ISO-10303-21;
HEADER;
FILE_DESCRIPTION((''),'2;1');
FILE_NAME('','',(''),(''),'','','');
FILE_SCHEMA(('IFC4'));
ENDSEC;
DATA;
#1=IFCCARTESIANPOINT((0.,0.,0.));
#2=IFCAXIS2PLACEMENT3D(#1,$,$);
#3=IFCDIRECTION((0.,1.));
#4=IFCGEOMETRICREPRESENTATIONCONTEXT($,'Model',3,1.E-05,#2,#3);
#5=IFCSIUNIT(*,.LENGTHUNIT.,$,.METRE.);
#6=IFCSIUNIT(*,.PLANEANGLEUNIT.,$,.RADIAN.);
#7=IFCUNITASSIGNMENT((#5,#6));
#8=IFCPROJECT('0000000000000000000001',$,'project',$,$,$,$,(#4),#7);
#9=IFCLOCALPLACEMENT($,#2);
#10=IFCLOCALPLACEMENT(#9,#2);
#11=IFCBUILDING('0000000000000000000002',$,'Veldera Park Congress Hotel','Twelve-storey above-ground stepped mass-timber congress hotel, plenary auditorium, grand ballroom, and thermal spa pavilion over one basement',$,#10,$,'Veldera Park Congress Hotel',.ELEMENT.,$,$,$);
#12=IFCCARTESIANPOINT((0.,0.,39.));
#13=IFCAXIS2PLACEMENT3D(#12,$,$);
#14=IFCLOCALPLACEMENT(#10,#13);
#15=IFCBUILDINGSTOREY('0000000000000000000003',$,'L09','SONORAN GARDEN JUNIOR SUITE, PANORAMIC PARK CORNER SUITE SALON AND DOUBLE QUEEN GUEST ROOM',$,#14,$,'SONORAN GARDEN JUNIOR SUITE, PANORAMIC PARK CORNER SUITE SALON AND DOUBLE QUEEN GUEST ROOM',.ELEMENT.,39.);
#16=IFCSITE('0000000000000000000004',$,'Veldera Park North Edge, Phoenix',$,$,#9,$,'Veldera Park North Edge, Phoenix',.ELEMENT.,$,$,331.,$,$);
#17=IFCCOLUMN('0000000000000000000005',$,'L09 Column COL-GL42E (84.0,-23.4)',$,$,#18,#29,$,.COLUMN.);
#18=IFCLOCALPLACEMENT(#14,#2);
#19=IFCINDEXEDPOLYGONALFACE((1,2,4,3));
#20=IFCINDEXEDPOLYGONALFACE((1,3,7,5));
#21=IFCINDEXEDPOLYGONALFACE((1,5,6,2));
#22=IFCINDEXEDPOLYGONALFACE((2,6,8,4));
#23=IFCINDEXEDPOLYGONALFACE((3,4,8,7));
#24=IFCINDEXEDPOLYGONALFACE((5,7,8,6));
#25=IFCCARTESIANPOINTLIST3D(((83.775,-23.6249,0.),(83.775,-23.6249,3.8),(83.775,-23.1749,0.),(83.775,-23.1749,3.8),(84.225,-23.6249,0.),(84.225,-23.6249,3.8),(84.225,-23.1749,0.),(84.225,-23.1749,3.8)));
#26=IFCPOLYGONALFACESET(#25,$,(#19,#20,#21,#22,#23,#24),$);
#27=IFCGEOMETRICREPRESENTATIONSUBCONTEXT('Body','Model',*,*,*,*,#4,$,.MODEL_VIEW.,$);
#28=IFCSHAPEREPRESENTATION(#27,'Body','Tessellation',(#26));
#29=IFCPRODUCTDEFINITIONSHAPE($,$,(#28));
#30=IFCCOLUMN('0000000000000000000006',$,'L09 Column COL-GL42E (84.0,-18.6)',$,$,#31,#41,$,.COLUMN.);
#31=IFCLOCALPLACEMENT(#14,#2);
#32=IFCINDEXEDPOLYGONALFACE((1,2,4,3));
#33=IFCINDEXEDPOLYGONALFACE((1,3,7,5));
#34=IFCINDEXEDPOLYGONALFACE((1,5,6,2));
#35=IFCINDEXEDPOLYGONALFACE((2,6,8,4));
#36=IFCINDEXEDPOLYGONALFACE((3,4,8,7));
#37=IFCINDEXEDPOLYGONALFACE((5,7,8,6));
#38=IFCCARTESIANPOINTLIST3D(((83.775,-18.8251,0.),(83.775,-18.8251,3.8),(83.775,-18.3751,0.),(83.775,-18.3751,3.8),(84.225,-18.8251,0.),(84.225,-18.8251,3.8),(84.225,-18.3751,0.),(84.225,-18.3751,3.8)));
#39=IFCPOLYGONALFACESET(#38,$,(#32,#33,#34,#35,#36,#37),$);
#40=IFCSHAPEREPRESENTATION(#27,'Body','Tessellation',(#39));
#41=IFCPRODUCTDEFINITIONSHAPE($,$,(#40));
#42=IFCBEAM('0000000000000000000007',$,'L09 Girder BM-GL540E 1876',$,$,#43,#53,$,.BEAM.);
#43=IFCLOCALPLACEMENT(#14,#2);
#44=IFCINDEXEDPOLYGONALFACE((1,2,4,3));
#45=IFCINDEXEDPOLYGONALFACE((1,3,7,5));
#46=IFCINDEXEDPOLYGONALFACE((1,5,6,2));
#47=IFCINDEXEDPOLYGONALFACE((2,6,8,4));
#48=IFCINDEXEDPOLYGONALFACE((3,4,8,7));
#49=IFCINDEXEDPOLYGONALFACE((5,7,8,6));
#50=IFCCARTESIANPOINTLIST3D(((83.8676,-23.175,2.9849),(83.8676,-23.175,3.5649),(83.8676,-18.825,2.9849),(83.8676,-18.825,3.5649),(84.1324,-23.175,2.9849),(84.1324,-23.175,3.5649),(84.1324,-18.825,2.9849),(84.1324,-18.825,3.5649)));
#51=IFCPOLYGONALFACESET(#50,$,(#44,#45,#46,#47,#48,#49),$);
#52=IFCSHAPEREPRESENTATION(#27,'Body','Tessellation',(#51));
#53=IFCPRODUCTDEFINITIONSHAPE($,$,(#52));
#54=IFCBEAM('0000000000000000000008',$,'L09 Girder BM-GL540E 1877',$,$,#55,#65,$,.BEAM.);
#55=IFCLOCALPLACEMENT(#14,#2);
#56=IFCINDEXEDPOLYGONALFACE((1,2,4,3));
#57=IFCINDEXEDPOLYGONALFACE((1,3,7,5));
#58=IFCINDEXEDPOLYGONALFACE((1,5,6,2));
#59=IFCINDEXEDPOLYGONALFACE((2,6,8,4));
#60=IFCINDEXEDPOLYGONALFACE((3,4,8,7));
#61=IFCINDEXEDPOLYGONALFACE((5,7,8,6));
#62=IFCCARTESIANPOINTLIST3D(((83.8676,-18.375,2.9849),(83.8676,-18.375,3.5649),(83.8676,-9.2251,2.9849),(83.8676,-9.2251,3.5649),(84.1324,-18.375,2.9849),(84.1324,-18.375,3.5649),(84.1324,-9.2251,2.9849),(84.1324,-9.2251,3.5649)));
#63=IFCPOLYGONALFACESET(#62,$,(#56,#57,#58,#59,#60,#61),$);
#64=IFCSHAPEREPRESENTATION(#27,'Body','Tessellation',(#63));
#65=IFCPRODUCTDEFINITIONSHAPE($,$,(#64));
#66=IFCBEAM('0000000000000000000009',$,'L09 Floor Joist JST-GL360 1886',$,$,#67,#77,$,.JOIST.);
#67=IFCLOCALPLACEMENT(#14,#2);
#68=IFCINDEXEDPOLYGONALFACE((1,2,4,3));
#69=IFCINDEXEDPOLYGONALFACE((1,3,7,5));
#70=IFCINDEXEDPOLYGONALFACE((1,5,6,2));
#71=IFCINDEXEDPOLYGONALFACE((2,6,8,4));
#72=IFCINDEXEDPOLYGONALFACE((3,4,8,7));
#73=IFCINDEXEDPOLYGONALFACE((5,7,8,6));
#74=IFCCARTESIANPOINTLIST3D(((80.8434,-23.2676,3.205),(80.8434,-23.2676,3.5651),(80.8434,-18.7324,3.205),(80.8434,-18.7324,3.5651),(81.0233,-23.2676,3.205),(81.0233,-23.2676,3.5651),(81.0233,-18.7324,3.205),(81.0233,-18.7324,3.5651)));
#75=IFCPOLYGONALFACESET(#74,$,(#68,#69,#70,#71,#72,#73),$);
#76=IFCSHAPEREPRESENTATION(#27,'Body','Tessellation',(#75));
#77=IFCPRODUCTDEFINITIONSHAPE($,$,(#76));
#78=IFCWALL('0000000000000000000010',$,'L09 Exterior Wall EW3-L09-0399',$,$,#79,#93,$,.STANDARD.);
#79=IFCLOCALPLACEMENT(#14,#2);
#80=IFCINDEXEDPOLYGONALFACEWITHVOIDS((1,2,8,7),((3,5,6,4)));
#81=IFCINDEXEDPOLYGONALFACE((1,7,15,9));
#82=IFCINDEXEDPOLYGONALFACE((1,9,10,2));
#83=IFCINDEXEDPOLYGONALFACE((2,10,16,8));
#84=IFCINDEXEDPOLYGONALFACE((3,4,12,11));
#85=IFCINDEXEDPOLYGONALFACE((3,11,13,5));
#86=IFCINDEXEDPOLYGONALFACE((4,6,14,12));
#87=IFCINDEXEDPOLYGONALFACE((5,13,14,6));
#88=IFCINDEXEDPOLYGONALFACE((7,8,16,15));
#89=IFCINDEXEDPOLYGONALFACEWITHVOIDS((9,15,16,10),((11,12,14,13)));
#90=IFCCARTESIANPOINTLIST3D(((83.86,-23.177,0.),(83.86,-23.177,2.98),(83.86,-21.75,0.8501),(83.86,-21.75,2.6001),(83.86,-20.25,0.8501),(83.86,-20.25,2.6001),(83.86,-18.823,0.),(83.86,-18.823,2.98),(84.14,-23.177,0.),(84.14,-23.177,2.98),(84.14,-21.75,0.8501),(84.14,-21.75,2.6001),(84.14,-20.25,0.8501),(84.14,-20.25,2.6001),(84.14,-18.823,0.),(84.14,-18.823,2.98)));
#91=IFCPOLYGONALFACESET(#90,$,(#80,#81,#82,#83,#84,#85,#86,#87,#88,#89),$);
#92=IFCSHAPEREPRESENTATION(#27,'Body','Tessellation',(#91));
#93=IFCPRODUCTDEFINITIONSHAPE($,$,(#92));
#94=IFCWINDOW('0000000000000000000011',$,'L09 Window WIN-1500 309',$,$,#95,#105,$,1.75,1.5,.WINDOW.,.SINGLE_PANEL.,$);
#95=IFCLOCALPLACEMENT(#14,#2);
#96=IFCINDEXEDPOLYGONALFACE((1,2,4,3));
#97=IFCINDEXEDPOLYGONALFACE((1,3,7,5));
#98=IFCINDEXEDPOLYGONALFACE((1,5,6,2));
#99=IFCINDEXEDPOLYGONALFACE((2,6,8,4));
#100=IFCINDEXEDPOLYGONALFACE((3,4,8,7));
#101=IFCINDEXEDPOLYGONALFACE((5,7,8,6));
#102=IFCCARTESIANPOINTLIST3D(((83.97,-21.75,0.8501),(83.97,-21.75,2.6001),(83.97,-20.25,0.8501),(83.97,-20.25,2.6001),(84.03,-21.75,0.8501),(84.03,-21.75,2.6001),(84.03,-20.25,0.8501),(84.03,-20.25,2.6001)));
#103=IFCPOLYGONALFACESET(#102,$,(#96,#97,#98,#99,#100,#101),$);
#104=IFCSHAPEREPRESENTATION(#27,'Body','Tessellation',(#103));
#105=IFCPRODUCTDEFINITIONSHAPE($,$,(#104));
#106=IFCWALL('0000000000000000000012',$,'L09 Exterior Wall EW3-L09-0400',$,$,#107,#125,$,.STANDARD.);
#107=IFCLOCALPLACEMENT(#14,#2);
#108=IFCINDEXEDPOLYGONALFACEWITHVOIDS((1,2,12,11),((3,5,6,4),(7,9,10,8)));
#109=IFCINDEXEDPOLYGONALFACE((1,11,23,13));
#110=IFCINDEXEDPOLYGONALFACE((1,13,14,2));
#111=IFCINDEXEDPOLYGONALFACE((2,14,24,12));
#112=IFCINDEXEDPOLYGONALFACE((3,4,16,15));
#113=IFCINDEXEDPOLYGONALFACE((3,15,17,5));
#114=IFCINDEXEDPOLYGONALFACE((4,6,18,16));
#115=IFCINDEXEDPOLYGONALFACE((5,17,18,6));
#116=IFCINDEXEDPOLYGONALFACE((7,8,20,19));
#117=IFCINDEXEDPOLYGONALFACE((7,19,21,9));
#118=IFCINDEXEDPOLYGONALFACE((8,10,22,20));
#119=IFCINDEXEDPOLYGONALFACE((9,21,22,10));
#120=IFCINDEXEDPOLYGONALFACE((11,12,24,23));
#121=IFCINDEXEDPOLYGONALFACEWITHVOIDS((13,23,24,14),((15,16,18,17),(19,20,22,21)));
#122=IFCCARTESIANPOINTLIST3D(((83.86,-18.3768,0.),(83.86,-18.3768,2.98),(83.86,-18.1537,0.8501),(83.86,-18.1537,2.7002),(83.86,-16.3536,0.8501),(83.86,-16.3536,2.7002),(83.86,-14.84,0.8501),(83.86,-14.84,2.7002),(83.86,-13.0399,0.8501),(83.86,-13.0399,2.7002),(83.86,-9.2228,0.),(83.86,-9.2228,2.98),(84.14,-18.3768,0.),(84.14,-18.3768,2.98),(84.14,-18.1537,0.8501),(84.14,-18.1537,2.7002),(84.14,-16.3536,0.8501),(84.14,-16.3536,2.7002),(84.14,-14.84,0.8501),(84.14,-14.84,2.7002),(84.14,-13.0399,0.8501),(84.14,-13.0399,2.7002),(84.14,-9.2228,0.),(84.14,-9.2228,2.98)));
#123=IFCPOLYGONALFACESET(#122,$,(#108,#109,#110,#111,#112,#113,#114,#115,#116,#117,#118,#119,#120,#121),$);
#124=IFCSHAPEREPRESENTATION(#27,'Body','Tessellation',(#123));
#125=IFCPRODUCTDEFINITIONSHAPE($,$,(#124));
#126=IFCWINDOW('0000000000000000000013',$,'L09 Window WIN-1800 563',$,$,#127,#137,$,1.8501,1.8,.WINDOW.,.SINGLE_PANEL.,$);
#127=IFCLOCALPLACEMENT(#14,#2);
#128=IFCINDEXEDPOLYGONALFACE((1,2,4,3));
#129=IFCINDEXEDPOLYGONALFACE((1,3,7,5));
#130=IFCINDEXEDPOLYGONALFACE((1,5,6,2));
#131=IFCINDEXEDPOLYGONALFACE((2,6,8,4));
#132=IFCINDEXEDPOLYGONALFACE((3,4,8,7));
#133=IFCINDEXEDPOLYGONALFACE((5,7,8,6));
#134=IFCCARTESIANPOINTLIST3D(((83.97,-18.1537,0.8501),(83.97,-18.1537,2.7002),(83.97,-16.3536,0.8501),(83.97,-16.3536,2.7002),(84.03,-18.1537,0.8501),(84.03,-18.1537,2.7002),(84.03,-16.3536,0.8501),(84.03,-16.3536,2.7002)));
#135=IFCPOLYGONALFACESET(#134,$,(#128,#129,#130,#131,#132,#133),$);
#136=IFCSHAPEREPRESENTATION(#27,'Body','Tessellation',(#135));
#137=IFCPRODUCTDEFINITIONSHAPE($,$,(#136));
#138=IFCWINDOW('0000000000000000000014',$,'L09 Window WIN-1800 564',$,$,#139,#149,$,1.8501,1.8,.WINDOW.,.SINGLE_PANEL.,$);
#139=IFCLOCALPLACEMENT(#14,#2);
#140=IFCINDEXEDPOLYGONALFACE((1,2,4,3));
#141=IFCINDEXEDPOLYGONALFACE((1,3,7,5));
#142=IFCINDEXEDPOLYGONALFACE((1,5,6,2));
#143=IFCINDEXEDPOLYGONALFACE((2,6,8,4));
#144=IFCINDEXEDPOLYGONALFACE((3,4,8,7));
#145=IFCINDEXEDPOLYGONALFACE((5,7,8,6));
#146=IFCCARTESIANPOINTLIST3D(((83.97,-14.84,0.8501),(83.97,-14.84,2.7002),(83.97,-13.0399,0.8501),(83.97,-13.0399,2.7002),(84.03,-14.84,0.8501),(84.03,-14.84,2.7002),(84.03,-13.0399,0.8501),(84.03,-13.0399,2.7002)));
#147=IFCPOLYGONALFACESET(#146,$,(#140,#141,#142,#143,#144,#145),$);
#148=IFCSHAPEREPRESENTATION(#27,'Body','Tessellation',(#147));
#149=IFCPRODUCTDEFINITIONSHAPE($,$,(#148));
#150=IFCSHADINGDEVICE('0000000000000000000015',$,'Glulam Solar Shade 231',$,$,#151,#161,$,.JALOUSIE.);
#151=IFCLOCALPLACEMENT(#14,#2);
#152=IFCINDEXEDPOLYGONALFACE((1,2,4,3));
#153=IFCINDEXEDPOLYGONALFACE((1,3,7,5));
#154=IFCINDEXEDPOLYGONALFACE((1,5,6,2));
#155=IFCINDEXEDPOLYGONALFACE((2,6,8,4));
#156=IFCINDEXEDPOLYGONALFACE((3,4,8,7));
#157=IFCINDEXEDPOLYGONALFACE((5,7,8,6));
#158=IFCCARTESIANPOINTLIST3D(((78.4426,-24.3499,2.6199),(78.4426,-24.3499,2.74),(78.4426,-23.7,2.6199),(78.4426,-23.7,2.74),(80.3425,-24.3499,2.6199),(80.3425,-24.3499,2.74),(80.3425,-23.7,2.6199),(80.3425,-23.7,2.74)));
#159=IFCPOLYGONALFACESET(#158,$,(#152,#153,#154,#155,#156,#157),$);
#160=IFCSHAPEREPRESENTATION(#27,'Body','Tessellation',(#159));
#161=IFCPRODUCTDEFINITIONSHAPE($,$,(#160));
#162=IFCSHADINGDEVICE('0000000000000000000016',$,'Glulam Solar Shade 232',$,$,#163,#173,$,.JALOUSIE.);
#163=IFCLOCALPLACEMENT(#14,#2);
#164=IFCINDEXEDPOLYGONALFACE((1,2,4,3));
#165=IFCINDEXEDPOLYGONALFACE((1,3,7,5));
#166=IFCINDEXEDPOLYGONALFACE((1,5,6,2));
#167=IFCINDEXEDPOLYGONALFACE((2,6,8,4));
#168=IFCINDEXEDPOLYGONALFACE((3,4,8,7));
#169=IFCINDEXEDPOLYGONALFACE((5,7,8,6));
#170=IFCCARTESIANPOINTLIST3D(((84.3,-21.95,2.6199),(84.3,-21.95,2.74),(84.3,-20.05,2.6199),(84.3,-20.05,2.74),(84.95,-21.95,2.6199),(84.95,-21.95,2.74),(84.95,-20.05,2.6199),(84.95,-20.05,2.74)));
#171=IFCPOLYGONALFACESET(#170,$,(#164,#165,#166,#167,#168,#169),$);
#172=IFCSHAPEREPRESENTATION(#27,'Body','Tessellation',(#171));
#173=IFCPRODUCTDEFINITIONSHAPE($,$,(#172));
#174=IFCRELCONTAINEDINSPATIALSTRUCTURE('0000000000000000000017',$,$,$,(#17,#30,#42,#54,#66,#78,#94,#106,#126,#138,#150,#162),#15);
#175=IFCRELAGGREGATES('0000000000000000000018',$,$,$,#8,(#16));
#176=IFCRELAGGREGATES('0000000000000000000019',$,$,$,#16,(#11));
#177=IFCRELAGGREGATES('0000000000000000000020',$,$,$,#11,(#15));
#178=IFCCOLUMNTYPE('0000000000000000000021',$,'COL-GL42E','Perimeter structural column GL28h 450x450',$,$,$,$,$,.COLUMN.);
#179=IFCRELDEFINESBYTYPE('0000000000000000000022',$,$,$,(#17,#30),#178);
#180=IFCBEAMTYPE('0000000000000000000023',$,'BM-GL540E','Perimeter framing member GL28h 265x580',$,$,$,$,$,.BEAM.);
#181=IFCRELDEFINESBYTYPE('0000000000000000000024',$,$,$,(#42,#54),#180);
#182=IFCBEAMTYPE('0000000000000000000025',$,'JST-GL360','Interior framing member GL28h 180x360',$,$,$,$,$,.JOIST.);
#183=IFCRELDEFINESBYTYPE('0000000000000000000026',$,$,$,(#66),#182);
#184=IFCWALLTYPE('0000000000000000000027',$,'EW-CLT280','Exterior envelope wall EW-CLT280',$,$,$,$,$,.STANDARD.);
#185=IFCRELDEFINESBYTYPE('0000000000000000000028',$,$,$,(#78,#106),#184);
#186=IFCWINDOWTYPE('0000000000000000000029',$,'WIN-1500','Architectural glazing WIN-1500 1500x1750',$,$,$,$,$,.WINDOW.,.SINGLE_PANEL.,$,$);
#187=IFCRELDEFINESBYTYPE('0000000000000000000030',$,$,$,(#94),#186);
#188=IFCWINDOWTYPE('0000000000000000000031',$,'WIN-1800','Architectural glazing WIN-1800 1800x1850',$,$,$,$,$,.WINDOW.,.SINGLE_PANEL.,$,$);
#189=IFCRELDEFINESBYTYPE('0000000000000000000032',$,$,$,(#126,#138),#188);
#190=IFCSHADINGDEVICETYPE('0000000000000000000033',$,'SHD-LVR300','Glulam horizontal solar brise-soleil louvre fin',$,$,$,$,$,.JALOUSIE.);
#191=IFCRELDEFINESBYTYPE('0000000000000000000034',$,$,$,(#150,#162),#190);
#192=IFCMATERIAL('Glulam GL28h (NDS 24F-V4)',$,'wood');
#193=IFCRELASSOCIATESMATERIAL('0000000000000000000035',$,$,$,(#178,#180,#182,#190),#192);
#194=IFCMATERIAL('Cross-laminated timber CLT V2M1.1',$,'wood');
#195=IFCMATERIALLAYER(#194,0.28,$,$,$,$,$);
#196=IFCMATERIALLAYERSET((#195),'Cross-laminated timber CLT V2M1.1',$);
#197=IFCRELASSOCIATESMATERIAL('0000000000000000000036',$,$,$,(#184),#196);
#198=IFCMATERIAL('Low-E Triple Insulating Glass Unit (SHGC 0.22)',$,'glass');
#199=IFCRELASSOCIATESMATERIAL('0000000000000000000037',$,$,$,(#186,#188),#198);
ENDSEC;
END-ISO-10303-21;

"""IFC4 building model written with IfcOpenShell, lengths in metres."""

from ifc_helpers import new_model, si_unit, direction, frame, frame_2d, origin, origin_2d, place, context, subcontext, project, spatial, rectangle, extrude, material, layer, layer_set, material_profile, profile_set, type_object, element, fill, save


model = new_model("IFC4")

# Units and contexts
model_context = context("Model", 3, precision=1e-05, world=origin(), true_north=direction((0.0, 1.0)))
body_context = subcontext(model_context, "Body", "Model", "MODEL_VIEW")
ifc_project = project(units=[si_unit("LENGTHUNIT", "METRE"), si_unit("PLANEANGLEUNIT", "RADIAN")], contexts=[model_context])

# Site, building, storey
site_placement = place(None, origin())
site = spatial("IfcSite", under=ifc_project, at=site_placement, Name="Veldera Park North Edge, Phoenix", LongName="Veldera Park North Edge, Phoenix", CompositionType="ELEMENT", RefElevation=331.0)
building_placement = place(site_placement, origin())
building = spatial("IfcBuilding", under=site, at=building_placement, Name="Veldera Park Congress Hotel", Description="Twelve-storey above-ground stepped mass-timber congress hotel, plenary auditorium, grand ballroom, and thermal spa pavilion over one basement", LongName="Veldera Park Congress Hotel", CompositionType="ELEMENT")
storey_placement = place(building_placement, frame((0.0, 0.0, 39.0)))
storey = spatial("IfcBuildingStorey", under=building, at=storey_placement, Name="L09", Description="SONORAN GARDEN JUNIOR SUITE, PANORAMIC PARK CORNER SUITE SALON AND DOUBLE QUEEN GUEST ROOM", LongName="SONORAN GARDEN JUNIOR SUITE, PANORAMIC PARK CORNER SUITE SALON AND DOUBLE QUEEN GUEST ROOM", CompositionType="ELEMENT", Elevation=39.0)

# Columns
ifc_material_1 = material(Name="Glulam GL28h (NDS 24F-V4)", Category="wood")
ifc_material_profile_1 = material_profile(ifc_material_1, rectangle(XDim=0.45, YDim=0.45, at=origin_2d()), Name="GL28h 450x450")
ifc_profile_set_1 = profile_set([ifc_material_profile_1], Name="Glulam GL28h (NDS 24F-V4)")
column_type = type_object("IfcColumnType", Name="COL-GL42E", Description="Perimeter structural column GL28h 450x450", PredefinedType="COLUMN", material=ifc_profile_set_1)
for number, where, z_axis, x_axis, name in (
    (1, (84.0, -23.3999, 0.0), (0.0, 0.0, 1.0), (1.0, 0.0, 0.0), "L09 Column COL-GL42E (84.0,-23.4)"),
    (2, (84.0, -18.6001, 0.0), (0.0, 0.0, 1.0), (1.0, 0.0, 0.0), "L09 Column COL-GL42E (84.0,-18.6)"),
):
    element("IfcColumn", number, at=place(storey_placement, frame(where, z_axis=z_axis, x_axis=x_axis)), inside=storey, type_object=column_type, Name=name, PredefinedType="COLUMN", context=body_context, shape_type="SweptSolid", body=[
        extrude(rectangle(XDim=0.45, YDim=0.45, at=origin_2d()), origin(), (0.0, 0.0, 1.0), 3.8),
    ])

# Beams
ifc_material_profile_2 = material_profile(ifc_material_1, rectangle(XDim=0.2649, YDim=0.5801, at=origin_2d()), Name="GL28h 265x580")
ifc_profile_set_2 = profile_set([ifc_material_profile_2], Name="Glulam GL28h (NDS 24F-V4)")
beam_type_1 = type_object("IfcBeamType", Name="BM-GL540E", Description="Perimeter framing member GL28h 265x580", PredefinedType="BEAM", material=ifc_profile_set_2)
beam_1_placement = place(storey_placement, frame((84.0, -23.175, 3.2749), z_axis=(0.0, 1.0, 0.0), x_axis=(-1.0, 0.0, 0.0)))
element("IfcBeam", 3, at=beam_1_placement, inside=storey, type_object=beam_type_1, Name="L09 Girder BM-GL540E 1876", PredefinedType="BEAM", context=body_context, shape_type="SweptSolid", body=[
    extrude(rectangle(XDim=0.2649, YDim=0.5801, at=origin_2d()), origin(), (0.0, 0.0, 1.0), 4.3501),
])
beam_2_placement = place(storey_placement, frame((84.0, -18.375, 3.2749), z_axis=(0.0, 1.0, 0.0), x_axis=(-1.0, 0.0, 0.0)))
element("IfcBeam", 4, at=beam_2_placement, inside=storey, type_object=beam_type_1, Name="L09 Girder BM-GL540E 1877", PredefinedType="BEAM", context=body_context, shape_type="SweptSolid", body=[
    extrude(rectangle(XDim=0.2649, YDim=0.5801, at=origin_2d()), origin(), (0.0, 0.0, 1.0), 9.1499),
])
ifc_material_profile_3 = material_profile(ifc_material_1, rectangle(XDim=0.1799, YDim=0.3601, at=origin_2d()), Name="GL28h 180x360")
ifc_profile_set_3 = profile_set([ifc_material_profile_3], Name="Glulam GL28h (NDS 24F-V4)")
beam_type_2 = type_object("IfcBeamType", Name="JST-GL360", Description="Interior framing member GL28h 180x360", PredefinedType="JOIST", material=ifc_profile_set_3)
beam_3_placement = place(storey_placement, frame((80.9333, -23.2676, 3.385), z_axis=(0.0, 1.0, 0.0), x_axis=(-1.0, 0.0, 0.0)))
element("IfcBeam", 5, at=beam_3_placement, inside=storey, type_object=beam_type_2, Name="L09 Floor Joist JST-GL360 1886", PredefinedType="JOIST", context=body_context, shape_type="SweptSolid", body=[
    extrude(rectangle(XDim=0.1799, YDim=0.3601, at=origin_2d()), origin(), (0.0, 0.0, 1.0), 4.5352),
])

# Wall, opening, window
ifc_material_2 = material(Name="Cross-laminated timber CLT V2M1.1", Category="wood")
ifc_layer = layer(ifc_material_2, 0.28)
ifc_layer_set = layer_set([ifc_layer], Name="Cross-laminated timber CLT V2M1.1")
wall_type = type_object("IfcWallType", Name="EW-CLT280", Description="Exterior envelope wall EW-CLT280", PredefinedType="STANDARD", material=ifc_layer_set)
wall_1_placement = place(storey_placement, frame((84.0, -23.177, 0.0), z_axis=(0.0, 0.0, 1.0), x_axis=(0.0, 1.0, 0.0)))
wall_1 = element("IfcWall", 6, at=wall_1_placement, inside=storey, type_object=wall_type, Name="L09 Exterior Wall EW3-L09-0399", PredefinedType="STANDARD", context=body_context, shape_type="SweptSolid", body=[
    extrude(rectangle(XDim=4.354, YDim=0.28, at=frame_2d((2.177, 0.0))), origin(), (0.0, 0.0, 1.0), 2.98),
])
opening_1_placement = place(wall_1_placement, frame((1.427, 0.0, 0.8501)))
opening_1 = element("IfcOpeningElement", 7, at=opening_1_placement, cuts=wall_1, PredefinedType="OPENING", context=body_context, shape_type="SweptSolid", body=[
    extrude(rectangle(XDim=1.5, YDim=1.75, at=frame_2d((0.75, 0.875))), frame((0.0, 0.1521, 0.0), z_axis=(0.0, -1.0, 0.0), x_axis=(1.0, 0.0, 0.0)), (0.0, 0.0, 1.0), 0.304),
])
ifc_material_3 = material(Name="Low-E Triple Insulating Glass Unit (SHGC 0.22)", Category="glass")
window_type_1 = type_object("IfcWindowType", Name="WIN-1500", Description="Architectural glazing WIN-1500 1500x1750", PartitioningType="SINGLE_PANEL", PredefinedType="WINDOW", material=ifc_material_3)
window_1_placement = place(opening_1_placement, origin())
window_1 = element("IfcWindow", 8, at=window_1_placement, inside=storey, type_object=window_type_1, Name="L09 Window WIN-1500 309", OverallHeight=1.75, OverallWidth=1.5, PartitioningType="SINGLE_PANEL", PredefinedType="WINDOW", context=body_context, shape_type="SweptSolid", body=[
    extrude(rectangle(XDim=1.5, YDim=1.75, at=frame_2d((0.75, 0.875))), frame((0.0, 0.03, 0.0), z_axis=(0.0, -1.0, 0.0), x_axis=(1.0, 0.0, 0.0)), (0.0, 0.0, 1.0), 0.0601),
])
fill(opening_1, window_1)

# Wall, openings, windows
wall_2_placement = place(storey_placement, frame((84.0, -18.377, 0.0), z_axis=(0.0, 0.0, 1.0), x_axis=(0.0, 1.0, 0.0)))
wall_2 = element("IfcWall", 9, at=wall_2_placement, inside=storey, type_object=wall_type, Name="L09 Exterior Wall EW3-L09-0400", PredefinedType="STANDARD", context=body_context, shape_type="SweptSolid", body=[
    extrude(rectangle(XDim=9.1541, YDim=0.28, at=frame_2d((4.5771, 0.0))), origin(), (0.0, 0.0, 1.0), 2.98),
])
opening_2_placement = place(wall_2_placement, frame((0.2234, 0.0, 0.8501)))
opening_2 = element("IfcOpeningElement", 10, at=opening_2_placement, cuts=wall_2, PredefinedType="OPENING", context=body_context, shape_type="SweptSolid", body=[
    extrude(rectangle(XDim=1.8, YDim=1.8501, at=frame_2d((0.8999, 0.925))), frame((0.0, 0.1521, 0.0), z_axis=(0.0, -1.0, 0.0), x_axis=(1.0, 0.0, 0.0)), (0.0, 0.0, 1.0), 0.304),
])
opening_3_placement = place(wall_2_placement, frame((3.5371, 0.0, 0.8501)))
opening_3 = element("IfcOpeningElement", 11, at=opening_3_placement, cuts=wall_2, PredefinedType="OPENING", context=body_context, shape_type="SweptSolid", body=[
    extrude(rectangle(XDim=1.8, YDim=1.8501, at=frame_2d((0.8999, 0.925))), frame((0.0, 0.1521, 0.0), z_axis=(0.0, -1.0, 0.0), x_axis=(1.0, 0.0, 0.0)), (0.0, 0.0, 1.0), 0.304),
])
window_type_2 = type_object("IfcWindowType", Name="WIN-1800", Description="Architectural glazing WIN-1800 1800x1850", PartitioningType="SINGLE_PANEL", PredefinedType="WINDOW", material=ifc_material_3)
window_2_placement = place(opening_2_placement, origin())
window_2 = element("IfcWindow", 12, at=window_2_placement, inside=storey, type_object=window_type_2, Name="L09 Window WIN-1800 563", OverallHeight=1.8501, OverallWidth=1.8, PartitioningType="SINGLE_PANEL", PredefinedType="WINDOW", context=body_context, shape_type="SweptSolid", body=[
    extrude(rectangle(XDim=1.8, YDim=1.8501, at=frame_2d((0.8999, 0.925))), frame((0.0, 0.03, 0.0), z_axis=(0.0, -1.0, 0.0), x_axis=(1.0, 0.0, 0.0)), (0.0, 0.0, 1.0), 0.0601),
])
fill(opening_2, window_2)
window_3_placement = place(opening_3_placement, origin())
window_3 = element("IfcWindow", 13, at=window_3_placement, inside=storey, type_object=window_type_2, Name="L09 Window WIN-1800 564", OverallHeight=1.8501, OverallWidth=1.8, PartitioningType="SINGLE_PANEL", PredefinedType="WINDOW", context=body_context, shape_type="SweptSolid", body=[
    extrude(rectangle(XDim=1.8, YDim=1.8501, at=frame_2d((0.8999, 0.925))), frame((0.0, 0.03, 0.0), z_axis=(0.0, -1.0, 0.0), x_axis=(1.0, 0.0, 0.0)), (0.0, 0.0, 1.0), 0.0601),
])
fill(opening_3, window_3)

# Shading devices
shading_device_type = type_object("IfcShadingDeviceType", Name="SHD-LVR300", Description="Glulam horizontal solar brise-soleil louvre fin", PredefinedType="JALOUSIE", material=ifc_material_1)
for number, where, z_axis, x_axis, name in (
    (14, (79.3926, -24.0249, 2.6199), (0.0, 0.0, 1.0), (1.0, 0.0, 0.0), "Glulam Solar Shade 231"),
    (15, (84.625, -21.0, 2.6199), (0.0, 0.0, 1.0), (0.0, 1.0, 0.0), "Glulam Solar Shade 232"),
):
    element("IfcShadingDevice", number, at=place(storey_placement, frame(where, z_axis=z_axis, x_axis=x_axis)), inside=storey, type_object=shading_device_type, Name=name, PredefinedType="JALOUSIE", context=body_context, shape_type="SweptSolid", body=[
        extrude(rectangle(XDim=1.8999, YDim=0.6499, at=origin_2d()), origin(), (0.0, 0.0, 1.0), 0.1201),
    ])

save(model, "model.ifc")
